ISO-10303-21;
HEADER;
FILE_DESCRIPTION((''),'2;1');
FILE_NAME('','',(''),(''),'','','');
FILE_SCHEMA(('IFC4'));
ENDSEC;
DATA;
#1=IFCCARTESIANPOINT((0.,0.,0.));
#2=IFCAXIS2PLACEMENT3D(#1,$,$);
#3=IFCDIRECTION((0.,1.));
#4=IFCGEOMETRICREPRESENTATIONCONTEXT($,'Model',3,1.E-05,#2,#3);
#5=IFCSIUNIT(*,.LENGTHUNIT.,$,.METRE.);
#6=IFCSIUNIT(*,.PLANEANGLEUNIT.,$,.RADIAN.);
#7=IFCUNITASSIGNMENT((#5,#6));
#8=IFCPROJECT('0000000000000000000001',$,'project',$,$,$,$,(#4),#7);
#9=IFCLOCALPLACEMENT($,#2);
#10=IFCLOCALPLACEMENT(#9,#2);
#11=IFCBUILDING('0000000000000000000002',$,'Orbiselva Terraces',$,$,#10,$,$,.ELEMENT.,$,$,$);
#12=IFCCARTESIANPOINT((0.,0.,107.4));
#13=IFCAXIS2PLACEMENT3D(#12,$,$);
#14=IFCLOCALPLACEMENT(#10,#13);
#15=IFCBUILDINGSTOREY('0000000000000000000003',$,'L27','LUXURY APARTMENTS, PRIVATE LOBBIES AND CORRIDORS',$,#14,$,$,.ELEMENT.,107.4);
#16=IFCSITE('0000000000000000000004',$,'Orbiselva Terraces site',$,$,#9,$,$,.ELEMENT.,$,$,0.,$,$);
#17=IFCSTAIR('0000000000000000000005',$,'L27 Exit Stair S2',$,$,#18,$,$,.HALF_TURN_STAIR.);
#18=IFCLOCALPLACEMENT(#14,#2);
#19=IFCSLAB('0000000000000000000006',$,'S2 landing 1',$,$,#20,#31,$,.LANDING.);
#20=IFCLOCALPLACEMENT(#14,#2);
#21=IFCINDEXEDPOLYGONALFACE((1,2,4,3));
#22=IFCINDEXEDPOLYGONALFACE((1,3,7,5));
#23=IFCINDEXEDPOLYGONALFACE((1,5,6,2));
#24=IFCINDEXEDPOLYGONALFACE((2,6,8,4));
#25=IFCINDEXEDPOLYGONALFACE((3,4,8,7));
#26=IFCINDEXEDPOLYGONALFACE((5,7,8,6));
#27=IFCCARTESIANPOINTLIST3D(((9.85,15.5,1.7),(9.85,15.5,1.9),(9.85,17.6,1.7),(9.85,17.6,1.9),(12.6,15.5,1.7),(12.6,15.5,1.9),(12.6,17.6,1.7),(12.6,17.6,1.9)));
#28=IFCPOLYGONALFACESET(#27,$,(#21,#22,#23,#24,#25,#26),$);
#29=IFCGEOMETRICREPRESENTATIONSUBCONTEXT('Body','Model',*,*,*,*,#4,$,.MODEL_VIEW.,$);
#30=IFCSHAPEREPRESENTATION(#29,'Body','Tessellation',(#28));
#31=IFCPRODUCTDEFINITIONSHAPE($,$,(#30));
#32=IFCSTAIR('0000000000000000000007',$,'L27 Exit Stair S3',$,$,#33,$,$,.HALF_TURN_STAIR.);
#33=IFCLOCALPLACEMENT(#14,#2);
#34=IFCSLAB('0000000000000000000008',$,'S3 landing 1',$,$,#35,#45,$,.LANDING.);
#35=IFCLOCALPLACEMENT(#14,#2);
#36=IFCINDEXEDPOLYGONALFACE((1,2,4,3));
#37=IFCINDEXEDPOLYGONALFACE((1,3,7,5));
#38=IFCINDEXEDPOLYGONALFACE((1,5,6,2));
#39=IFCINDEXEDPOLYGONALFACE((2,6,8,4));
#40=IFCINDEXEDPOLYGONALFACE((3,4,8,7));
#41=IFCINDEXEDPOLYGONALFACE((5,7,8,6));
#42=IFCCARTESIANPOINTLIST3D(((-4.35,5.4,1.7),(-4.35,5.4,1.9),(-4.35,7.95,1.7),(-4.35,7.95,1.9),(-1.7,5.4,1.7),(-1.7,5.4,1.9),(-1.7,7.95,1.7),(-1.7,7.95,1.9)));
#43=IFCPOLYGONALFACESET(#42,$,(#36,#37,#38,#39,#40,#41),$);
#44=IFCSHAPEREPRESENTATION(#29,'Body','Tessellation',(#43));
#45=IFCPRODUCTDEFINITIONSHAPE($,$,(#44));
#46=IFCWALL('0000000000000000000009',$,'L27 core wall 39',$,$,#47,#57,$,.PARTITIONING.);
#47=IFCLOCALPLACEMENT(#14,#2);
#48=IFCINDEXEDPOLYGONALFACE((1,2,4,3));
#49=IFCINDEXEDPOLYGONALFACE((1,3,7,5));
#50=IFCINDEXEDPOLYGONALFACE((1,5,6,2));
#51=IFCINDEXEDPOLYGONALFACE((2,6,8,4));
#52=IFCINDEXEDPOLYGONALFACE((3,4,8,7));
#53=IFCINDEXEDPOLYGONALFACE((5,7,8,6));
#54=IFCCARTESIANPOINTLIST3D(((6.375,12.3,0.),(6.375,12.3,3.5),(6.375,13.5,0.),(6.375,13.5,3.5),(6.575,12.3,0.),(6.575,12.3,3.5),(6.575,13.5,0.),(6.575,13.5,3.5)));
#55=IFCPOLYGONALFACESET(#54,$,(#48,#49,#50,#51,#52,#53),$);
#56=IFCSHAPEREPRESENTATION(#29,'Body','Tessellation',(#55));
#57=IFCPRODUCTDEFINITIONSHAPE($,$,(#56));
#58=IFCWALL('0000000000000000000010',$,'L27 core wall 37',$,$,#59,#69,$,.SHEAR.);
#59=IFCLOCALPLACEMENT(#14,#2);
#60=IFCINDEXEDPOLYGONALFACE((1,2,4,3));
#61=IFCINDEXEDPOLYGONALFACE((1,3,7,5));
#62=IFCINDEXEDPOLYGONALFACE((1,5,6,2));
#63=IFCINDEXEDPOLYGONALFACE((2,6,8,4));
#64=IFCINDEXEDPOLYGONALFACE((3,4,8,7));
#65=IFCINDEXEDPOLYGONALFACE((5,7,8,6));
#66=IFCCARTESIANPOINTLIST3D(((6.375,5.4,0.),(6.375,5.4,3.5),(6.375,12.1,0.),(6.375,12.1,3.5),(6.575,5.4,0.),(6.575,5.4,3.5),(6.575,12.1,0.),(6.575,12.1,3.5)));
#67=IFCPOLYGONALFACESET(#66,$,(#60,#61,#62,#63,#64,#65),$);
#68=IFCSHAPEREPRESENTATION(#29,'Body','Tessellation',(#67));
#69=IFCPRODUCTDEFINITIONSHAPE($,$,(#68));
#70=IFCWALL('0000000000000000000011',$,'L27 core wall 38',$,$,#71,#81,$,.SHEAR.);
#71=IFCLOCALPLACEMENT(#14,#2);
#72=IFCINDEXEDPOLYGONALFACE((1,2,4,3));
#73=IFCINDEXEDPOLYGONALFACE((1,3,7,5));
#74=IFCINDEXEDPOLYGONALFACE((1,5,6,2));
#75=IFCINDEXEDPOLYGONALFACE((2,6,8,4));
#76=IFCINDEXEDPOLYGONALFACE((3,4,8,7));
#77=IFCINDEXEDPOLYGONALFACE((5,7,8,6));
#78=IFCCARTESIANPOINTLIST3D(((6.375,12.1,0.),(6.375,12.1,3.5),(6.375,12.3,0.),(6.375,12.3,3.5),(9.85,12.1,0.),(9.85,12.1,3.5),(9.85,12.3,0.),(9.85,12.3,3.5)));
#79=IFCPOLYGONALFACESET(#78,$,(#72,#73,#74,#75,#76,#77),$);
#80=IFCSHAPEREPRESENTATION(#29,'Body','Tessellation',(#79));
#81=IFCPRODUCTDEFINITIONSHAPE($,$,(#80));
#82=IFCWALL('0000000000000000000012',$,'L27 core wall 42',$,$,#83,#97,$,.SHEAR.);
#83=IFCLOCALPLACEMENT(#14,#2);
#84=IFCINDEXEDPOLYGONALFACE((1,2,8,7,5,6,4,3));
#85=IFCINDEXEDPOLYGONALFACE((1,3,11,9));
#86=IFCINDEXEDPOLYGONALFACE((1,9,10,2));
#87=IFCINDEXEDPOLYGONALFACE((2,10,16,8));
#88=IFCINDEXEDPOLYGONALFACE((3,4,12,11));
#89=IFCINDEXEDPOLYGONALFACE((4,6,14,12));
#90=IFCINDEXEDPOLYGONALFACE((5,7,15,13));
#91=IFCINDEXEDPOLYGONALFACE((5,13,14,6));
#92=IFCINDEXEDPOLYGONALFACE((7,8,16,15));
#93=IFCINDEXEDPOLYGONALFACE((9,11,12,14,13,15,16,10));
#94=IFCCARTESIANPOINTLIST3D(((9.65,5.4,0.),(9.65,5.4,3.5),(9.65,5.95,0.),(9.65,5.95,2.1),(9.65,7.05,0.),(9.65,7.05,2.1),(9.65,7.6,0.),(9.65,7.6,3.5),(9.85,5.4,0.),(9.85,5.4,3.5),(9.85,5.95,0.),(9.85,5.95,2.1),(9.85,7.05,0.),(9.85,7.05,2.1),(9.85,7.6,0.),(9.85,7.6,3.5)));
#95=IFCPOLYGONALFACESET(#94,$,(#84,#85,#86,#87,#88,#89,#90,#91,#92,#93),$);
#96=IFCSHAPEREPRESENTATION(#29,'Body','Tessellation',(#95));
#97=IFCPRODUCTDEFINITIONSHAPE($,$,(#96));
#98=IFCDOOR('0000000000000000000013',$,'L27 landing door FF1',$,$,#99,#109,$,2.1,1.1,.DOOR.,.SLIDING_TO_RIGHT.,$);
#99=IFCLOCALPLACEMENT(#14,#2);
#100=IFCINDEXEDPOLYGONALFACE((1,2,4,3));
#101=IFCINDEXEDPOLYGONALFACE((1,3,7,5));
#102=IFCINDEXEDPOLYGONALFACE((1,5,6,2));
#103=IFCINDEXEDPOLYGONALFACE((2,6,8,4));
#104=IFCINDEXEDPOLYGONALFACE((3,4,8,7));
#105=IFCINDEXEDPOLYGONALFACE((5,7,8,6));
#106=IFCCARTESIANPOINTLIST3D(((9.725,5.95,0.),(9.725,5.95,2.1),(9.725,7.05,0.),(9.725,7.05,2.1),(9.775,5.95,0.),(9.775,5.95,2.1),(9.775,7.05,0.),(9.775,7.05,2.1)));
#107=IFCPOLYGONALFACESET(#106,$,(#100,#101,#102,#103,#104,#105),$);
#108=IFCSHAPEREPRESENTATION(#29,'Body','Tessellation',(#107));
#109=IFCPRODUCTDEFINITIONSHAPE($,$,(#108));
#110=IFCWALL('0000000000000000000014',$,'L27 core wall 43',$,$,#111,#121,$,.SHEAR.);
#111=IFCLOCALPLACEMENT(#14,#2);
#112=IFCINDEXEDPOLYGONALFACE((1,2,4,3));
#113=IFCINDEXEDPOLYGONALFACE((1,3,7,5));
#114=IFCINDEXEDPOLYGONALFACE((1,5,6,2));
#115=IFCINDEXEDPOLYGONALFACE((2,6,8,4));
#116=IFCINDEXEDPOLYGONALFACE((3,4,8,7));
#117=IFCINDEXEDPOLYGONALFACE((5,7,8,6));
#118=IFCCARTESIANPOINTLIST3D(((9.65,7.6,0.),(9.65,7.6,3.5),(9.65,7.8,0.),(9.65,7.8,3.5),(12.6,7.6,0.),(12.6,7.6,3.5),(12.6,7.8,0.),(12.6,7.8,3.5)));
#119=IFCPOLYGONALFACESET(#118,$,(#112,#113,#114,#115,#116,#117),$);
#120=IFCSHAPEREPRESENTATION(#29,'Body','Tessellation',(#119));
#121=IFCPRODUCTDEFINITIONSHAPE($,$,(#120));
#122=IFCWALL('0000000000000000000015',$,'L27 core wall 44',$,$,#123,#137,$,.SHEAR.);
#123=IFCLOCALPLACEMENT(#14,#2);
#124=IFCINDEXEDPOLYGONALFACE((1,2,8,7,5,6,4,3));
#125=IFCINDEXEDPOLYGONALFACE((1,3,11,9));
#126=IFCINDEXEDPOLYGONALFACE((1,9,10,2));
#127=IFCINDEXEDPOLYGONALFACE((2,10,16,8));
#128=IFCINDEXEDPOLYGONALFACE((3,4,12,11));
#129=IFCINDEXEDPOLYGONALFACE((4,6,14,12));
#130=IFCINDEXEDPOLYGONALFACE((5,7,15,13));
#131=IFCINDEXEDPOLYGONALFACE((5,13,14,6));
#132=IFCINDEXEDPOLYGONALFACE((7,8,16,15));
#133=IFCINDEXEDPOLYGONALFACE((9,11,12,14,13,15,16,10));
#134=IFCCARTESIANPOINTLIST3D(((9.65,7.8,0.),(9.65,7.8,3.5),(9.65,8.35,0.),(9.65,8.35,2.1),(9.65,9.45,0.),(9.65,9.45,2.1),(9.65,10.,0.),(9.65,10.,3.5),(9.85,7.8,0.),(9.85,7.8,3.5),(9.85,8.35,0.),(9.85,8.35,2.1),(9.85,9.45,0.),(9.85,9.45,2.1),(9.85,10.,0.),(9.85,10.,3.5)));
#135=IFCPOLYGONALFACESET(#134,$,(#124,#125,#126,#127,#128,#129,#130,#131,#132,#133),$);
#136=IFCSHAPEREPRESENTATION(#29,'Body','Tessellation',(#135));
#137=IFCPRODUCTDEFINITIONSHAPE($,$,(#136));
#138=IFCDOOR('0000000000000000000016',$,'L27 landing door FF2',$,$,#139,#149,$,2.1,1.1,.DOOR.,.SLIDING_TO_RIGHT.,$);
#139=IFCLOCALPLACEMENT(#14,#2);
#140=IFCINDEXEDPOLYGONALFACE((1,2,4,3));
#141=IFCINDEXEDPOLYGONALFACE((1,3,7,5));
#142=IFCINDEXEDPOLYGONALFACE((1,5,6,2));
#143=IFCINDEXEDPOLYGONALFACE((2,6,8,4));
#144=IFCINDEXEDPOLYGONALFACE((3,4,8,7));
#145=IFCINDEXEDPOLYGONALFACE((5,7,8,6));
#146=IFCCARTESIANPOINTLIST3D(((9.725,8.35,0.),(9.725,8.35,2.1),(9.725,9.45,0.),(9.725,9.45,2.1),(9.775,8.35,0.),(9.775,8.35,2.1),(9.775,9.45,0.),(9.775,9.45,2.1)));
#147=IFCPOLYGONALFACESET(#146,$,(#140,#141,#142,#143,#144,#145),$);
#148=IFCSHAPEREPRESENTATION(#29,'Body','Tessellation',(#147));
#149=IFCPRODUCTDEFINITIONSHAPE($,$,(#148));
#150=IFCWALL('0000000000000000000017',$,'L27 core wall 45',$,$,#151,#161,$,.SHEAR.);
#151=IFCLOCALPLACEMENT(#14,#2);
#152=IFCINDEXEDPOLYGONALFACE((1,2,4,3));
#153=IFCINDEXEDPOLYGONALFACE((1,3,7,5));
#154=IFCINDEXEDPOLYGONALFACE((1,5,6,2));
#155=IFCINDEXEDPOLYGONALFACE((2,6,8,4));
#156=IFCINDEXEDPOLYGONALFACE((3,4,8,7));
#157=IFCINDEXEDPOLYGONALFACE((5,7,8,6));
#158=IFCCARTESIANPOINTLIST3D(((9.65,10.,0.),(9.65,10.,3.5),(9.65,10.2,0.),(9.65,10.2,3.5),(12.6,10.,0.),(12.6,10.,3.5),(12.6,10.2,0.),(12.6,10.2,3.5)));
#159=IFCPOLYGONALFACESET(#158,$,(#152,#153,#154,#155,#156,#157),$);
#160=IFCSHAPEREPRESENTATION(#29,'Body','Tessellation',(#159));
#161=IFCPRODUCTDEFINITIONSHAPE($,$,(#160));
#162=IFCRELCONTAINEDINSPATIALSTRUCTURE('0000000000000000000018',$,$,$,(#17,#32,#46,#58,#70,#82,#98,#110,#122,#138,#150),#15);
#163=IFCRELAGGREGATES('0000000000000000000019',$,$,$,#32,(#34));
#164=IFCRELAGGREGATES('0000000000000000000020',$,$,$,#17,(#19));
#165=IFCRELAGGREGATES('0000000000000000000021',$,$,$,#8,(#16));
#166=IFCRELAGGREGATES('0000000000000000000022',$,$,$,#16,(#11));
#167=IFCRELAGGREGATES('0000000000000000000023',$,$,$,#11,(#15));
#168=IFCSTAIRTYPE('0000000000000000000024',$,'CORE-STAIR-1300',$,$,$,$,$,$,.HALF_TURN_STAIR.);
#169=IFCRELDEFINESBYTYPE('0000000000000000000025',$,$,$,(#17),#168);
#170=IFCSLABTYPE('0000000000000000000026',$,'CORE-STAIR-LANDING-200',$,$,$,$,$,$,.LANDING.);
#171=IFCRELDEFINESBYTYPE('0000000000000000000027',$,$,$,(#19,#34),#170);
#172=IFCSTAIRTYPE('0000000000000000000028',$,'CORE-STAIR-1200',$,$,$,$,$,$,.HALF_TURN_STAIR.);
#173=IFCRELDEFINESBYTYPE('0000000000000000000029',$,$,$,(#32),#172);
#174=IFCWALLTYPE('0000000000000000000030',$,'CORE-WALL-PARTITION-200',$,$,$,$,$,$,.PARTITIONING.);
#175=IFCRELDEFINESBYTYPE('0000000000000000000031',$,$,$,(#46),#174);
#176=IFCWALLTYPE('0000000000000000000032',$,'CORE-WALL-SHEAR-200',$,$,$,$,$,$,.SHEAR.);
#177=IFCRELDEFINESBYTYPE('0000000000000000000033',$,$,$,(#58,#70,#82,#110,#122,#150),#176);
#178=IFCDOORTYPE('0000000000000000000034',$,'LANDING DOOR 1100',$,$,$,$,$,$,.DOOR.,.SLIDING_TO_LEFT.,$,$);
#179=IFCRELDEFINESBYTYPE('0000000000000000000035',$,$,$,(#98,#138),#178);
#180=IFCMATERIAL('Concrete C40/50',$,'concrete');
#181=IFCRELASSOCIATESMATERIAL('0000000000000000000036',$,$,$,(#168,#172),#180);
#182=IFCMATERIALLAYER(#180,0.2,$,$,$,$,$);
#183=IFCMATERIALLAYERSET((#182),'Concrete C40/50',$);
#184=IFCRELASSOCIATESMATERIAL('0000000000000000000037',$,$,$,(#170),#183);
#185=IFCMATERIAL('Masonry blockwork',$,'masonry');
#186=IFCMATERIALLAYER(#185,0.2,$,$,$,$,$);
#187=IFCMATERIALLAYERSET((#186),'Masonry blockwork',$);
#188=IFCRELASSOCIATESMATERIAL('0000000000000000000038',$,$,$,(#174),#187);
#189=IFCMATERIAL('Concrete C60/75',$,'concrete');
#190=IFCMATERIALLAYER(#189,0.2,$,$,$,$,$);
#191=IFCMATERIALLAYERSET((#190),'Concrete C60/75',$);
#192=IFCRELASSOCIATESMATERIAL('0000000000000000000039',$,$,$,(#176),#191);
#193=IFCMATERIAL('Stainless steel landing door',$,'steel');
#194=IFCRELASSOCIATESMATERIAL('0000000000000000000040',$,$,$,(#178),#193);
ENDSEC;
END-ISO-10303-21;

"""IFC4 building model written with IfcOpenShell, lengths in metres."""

from ifc_helpers import new_model, si_unit, direction, frame, frame_2d, origin, place, context, subcontext, project, spatial, polyline, rectangle, outline, extrude, material, layer, layer_set, type_object, element, fill, aggregate, save


model = new_model("IFC4")

# Units and contexts
model_context = context("Model", 3, precision=1e-05, world=origin(), true_north=direction((0.0, 1.0)))
body_context = subcontext(model_context, "Body", "Model", "MODEL_VIEW")
ifc_project = project(units=[si_unit("LENGTHUNIT", "METRE"), si_unit("PLANEANGLEUNIT", "RADIAN")], contexts=[model_context])

# Site, building, storey
site_placement = place(None, origin())
site = spatial("IfcSite", under=ifc_project, at=site_placement, Name="Orbiselva Terraces site", CompositionType="ELEMENT", RefElevation=0.0)
building_placement = place(site_placement, origin())
building = spatial("IfcBuilding", under=site, at=building_placement, Name="Orbiselva Terraces", CompositionType="ELEMENT")
storey_placement = place(building_placement, frame((0.0, 0.0, 107.4)))
storey = spatial("IfcBuildingStorey", under=building, at=storey_placement, Name="L27", Description="LUXURY APARTMENTS, PRIVATE LOBBIES AND CORRIDORS", CompositionType="ELEMENT", Elevation=107.4)

# Stairs, slabs
ifc_material_1 = material(Name="Concrete C40/50", Category="concrete")
stair_type_1 = type_object("IfcStairType", Name="CORE-STAIR-1300", PredefinedType="HALF_TURN_STAIR", material=ifc_material_1)
stair_1_placement = place(storey_placement, origin())
stair_1 = element("IfcStair", 1, at=stair_1_placement, inside=storey, type_object=stair_type_1, Name="L27 Exit Stair S2", PredefinedType="HALF_TURN_STAIR")
ifc_layer_1 = layer(ifc_material_1, 0.2)
ifc_layer_set_1 = layer_set([ifc_layer_1], Name="Concrete C40/50")
slab_type = type_object("IfcSlabType", Name="CORE-STAIR-LANDING-200", PredefinedType="LANDING", material=ifc_layer_set_1)
slab_1_placement = place(storey_placement, frame((0.0, 0.0, 1.7)))
slab_1 = element("IfcSlab", 2, at=slab_1_placement, type_object=slab_type, Name="S2 landing 1", PredefinedType="LANDING", context=body_context, shape_type="SweptSolid", body=[
    extrude(outline(polyline([(12.6, 15.5), (12.6, 17.6), (9.85, 17.6), (9.85, 15.5), (12.6, 15.5)])), origin(), (0.0, 0.0, 1.0), 0.2),
])
stair_type_2 = type_object("IfcStairType", Name="CORE-STAIR-1200", PredefinedType="HALF_TURN_STAIR", material=ifc_material_1)
stair_2_placement = place(storey_placement, origin())
stair_2 = element("IfcStair", 3, at=stair_2_placement, inside=storey, type_object=stair_type_2, Name="L27 Exit Stair S3", PredefinedType="HALF_TURN_STAIR")
slab_2_placement = place(storey_placement, frame((0.0, 0.0, 1.7)))
slab_2 = element("IfcSlab", 4, at=slab_2_placement, type_object=slab_type, Name="S3 landing 1", PredefinedType="LANDING", context=body_context, shape_type="SweptSolid", body=[
    extrude(outline(polyline([(-4.35, 5.4), (-1.7, 5.4), (-1.7, 7.95), (-4.35, 7.95), (-4.35, 5.4)])), origin(), (0.0, 0.0, 1.0), 0.2),
])
aggregate(stair_2, [slab_2])

# Walls
ifc_material_2 = material(Name="Masonry blockwork", Category="masonry")
ifc_layer_2 = layer(ifc_material_2, 0.2)
ifc_layer_set_2 = layer_set([ifc_layer_2], Name="Masonry blockwork")
wall_type_1 = type_object("IfcWallType", Name="CORE-WALL-PARTITION-200", PredefinedType="PARTITIONING", material=ifc_layer_set_2)
wall_1_placement = place(storey_placement, frame((6.475, 12.3, 0.0), z_axis=(0.0, 0.0, 1.0), x_axis=(0.0, 1.0, 0.0)))
element("IfcWall", 5, at=wall_1_placement, inside=storey, type_object=wall_type_1, Name="L27 core wall 39", PredefinedType="PARTITIONING", context=body_context, shape_type="SweptSolid", body=[
    extrude(rectangle(XDim=1.2, YDim=0.2, at=frame_2d((0.6, 0.0))), origin(), (0.0, 0.0, 1.0), 3.5),
])
ifc_material_3 = material(Name="Concrete C60/75", Category="concrete")
ifc_layer_3 = layer(ifc_material_3, 0.2)
ifc_layer_set_3 = layer_set([ifc_layer_3], Name="Concrete C60/75")
wall_type_2 = type_object("IfcWallType", Name="CORE-WALL-SHEAR-200", PredefinedType="SHEAR", material=ifc_layer_set_3)
wall_2_placement = place(storey_placement, frame((6.475, 5.4, 0.0), z_axis=(0.0, 0.0, 1.0), x_axis=(0.0, 1.0, 0.0)))
element("IfcWall", 6, at=wall_2_placement, inside=storey, type_object=wall_type_2, Name="L27 core wall 37", PredefinedType="SHEAR", context=body_context, shape_type="SweptSolid", body=[
    extrude(rectangle(XDim=6.7, YDim=0.2, at=frame_2d((3.35, 0.0))), origin(), (0.0, 0.0, 1.0), 3.5),
])
wall_3_placement = place(storey_placement, frame((6.375, 12.2, 0.0), z_axis=(0.0, 0.0, 1.0), x_axis=(1.0, 0.0, 0.0)))
element("IfcWall", 7, at=wall_3_placement, inside=storey, type_object=wall_type_2, Name="L27 core wall 38", PredefinedType="SHEAR", context=body_context, shape_type="SweptSolid", body=[
    extrude(rectangle(XDim=3.475, YDim=0.2, at=frame_2d((1.7375, 0.0))), origin(), (0.0, 0.0, 1.0), 3.5),
])

# Wall, opening, door
wall_4_placement = place(storey_placement, frame((9.75, 5.4, 0.0), z_axis=(0.0, 0.0, 1.0), x_axis=(0.0, 1.0, 0.0)))
wall_4 = element("IfcWall", 8, at=wall_4_placement, inside=storey, type_object=wall_type_2, Name="L27 core wall 42", PredefinedType="SHEAR", context=body_context, shape_type="SweptSolid", body=[
    extrude(rectangle(XDim=2.2, YDim=0.2, at=frame_2d((1.1, 0.0))), origin(), (0.0, 0.0, 1.0), 3.5),
])
opening_1_placement = place(wall_4_placement, frame((0.55, 0.0, 0.0)))
opening_1 = element("IfcOpeningElement", 9, at=opening_1_placement, cuts=wall_4, PredefinedType="OPENING", context=body_context, shape_type="SweptSolid", body=[
    extrude(rectangle(XDim=1.1, YDim=2.1, at=frame_2d((0.55, 1.05))), frame((0.0, 0.11, 0.0), z_axis=(0.0, -1.0, 0.0), x_axis=(1.0, 0.0, 0.0)), (0.0, 0.0, 1.0), 0.22),
])
ifc_material_4 = material(Name="Stainless steel landing door", Category="steel")
door_type_1 = type_object("IfcDoorType", Name="LANDING DOOR 1100", OperationType="SLIDING_TO_LEFT", PredefinedType="DOOR", material=ifc_material_4)
door_1_placement = place(opening_1_placement, origin())
door_1 = element("IfcDoor", 10, at=door_1_placement, inside=storey, type_object=door_type_1, Name="L27 landing door FF1", OperationType="SLIDING_TO_RIGHT", OverallHeight=2.1, OverallWidth=1.1, PredefinedType="DOOR", context=body_context, shape_type="SweptSolid", body=[
    extrude(rectangle(XDim=1.1, YDim=2.1, at=frame_2d((0.55, 1.05))), frame((0.0, 0.025, 0.0), z_axis=(0.0, -1.0, 0.0), x_axis=(1.0, 0.0, 0.0)), (0.0, 0.0, 1.0), 0.05),
])
fill(opening_1, door_1)

# Wall
wall_5_placement = place(storey_placement, frame((9.65, 7.7, 0.0), z_axis=(0.0, 0.0, 1.0), x_axis=(1.0, 0.0, 0.0)))
element("IfcWall", 11, at=wall_5_placement, inside=storey, type_object=wall_type_2, Name="L27 core wall 43", PredefinedType="SHEAR", context=body_context, shape_type="SweptSolid", body=[
    extrude(rectangle(XDim=2.95, YDim=0.2, at=frame_2d((1.475, 0.0))), origin(), (0.0, 0.0, 1.0), 3.5),
])

# Wall, opening, door
wall_6_placement = place(storey_placement, frame((9.75, 7.8, 0.0), z_axis=(0.0, 0.0, 1.0), x_axis=(0.0, 1.0, 0.0)))
wall_6 = element("IfcWall", 12, at=wall_6_placement, inside=storey, type_object=wall_type_2, Name="L27 core wall 44", PredefinedType="SHEAR", context=body_context, shape_type="SweptSolid", body=[
    extrude(rectangle(XDim=2.2, YDim=0.2, at=frame_2d((1.1, 0.0))), origin(), (0.0, 0.0, 1.0), 3.5),
])
opening_2_placement = place(wall_6_placement, frame((0.55, 0.0, 0.0)))
opening_2 = element("IfcOpeningElement", 13, at=opening_2_placement, cuts=wall_6, PredefinedType="OPENING", context=body_context, shape_type="SweptSolid", body=[
    extrude(rectangle(XDim=1.1, YDim=2.1, at=frame_2d((0.55, 1.05))), frame((0.0, 0.11, 0.0), z_axis=(0.0, -1.0, 0.0), x_axis=(1.0, 0.0, 0.0)), (0.0, 0.0, 1.0), 0.22),
])
door_2_placement = place(opening_2_placement, origin())
door_2 = element("IfcDoor", 14, at=door_2_placement, inside=storey, type_object=door_type_1, Name="L27 landing door FF2", OperationType="SLIDING_TO_RIGHT", OverallHeight=2.1, OverallWidth=1.1, PredefinedType="DOOR", context=body_context, shape_type="SweptSolid", body=[
    extrude(rectangle(XDim=1.1, YDim=2.1, at=frame_2d((0.55, 1.05))), frame((0.0, 0.025, 0.0), z_axis=(0.0, -1.0, 0.0), x_axis=(1.0, 0.0, 0.0)), (0.0, 0.0, 1.0), 0.05),
])
fill(opening_2, door_2)

# Wall
wall_7_placement = place(storey_placement, frame((9.65, 10.1, 0.0), z_axis=(0.0, 0.0, 1.0), x_axis=(1.0, 0.0, 0.0)))
element("IfcWall", 15, at=wall_7_placement, inside=storey, type_object=wall_type_2, Name="L27 core wall 45", PredefinedType="SHEAR", context=body_context, shape_type="SweptSolid", body=[
    extrude(rectangle(XDim=2.95, YDim=0.2, at=frame_2d((1.475, 0.0))), origin(), (0.0, 0.0, 1.0), 3.5),
])

aggregate(stair_1, [slab_1])

save(model, "model.ifc")
